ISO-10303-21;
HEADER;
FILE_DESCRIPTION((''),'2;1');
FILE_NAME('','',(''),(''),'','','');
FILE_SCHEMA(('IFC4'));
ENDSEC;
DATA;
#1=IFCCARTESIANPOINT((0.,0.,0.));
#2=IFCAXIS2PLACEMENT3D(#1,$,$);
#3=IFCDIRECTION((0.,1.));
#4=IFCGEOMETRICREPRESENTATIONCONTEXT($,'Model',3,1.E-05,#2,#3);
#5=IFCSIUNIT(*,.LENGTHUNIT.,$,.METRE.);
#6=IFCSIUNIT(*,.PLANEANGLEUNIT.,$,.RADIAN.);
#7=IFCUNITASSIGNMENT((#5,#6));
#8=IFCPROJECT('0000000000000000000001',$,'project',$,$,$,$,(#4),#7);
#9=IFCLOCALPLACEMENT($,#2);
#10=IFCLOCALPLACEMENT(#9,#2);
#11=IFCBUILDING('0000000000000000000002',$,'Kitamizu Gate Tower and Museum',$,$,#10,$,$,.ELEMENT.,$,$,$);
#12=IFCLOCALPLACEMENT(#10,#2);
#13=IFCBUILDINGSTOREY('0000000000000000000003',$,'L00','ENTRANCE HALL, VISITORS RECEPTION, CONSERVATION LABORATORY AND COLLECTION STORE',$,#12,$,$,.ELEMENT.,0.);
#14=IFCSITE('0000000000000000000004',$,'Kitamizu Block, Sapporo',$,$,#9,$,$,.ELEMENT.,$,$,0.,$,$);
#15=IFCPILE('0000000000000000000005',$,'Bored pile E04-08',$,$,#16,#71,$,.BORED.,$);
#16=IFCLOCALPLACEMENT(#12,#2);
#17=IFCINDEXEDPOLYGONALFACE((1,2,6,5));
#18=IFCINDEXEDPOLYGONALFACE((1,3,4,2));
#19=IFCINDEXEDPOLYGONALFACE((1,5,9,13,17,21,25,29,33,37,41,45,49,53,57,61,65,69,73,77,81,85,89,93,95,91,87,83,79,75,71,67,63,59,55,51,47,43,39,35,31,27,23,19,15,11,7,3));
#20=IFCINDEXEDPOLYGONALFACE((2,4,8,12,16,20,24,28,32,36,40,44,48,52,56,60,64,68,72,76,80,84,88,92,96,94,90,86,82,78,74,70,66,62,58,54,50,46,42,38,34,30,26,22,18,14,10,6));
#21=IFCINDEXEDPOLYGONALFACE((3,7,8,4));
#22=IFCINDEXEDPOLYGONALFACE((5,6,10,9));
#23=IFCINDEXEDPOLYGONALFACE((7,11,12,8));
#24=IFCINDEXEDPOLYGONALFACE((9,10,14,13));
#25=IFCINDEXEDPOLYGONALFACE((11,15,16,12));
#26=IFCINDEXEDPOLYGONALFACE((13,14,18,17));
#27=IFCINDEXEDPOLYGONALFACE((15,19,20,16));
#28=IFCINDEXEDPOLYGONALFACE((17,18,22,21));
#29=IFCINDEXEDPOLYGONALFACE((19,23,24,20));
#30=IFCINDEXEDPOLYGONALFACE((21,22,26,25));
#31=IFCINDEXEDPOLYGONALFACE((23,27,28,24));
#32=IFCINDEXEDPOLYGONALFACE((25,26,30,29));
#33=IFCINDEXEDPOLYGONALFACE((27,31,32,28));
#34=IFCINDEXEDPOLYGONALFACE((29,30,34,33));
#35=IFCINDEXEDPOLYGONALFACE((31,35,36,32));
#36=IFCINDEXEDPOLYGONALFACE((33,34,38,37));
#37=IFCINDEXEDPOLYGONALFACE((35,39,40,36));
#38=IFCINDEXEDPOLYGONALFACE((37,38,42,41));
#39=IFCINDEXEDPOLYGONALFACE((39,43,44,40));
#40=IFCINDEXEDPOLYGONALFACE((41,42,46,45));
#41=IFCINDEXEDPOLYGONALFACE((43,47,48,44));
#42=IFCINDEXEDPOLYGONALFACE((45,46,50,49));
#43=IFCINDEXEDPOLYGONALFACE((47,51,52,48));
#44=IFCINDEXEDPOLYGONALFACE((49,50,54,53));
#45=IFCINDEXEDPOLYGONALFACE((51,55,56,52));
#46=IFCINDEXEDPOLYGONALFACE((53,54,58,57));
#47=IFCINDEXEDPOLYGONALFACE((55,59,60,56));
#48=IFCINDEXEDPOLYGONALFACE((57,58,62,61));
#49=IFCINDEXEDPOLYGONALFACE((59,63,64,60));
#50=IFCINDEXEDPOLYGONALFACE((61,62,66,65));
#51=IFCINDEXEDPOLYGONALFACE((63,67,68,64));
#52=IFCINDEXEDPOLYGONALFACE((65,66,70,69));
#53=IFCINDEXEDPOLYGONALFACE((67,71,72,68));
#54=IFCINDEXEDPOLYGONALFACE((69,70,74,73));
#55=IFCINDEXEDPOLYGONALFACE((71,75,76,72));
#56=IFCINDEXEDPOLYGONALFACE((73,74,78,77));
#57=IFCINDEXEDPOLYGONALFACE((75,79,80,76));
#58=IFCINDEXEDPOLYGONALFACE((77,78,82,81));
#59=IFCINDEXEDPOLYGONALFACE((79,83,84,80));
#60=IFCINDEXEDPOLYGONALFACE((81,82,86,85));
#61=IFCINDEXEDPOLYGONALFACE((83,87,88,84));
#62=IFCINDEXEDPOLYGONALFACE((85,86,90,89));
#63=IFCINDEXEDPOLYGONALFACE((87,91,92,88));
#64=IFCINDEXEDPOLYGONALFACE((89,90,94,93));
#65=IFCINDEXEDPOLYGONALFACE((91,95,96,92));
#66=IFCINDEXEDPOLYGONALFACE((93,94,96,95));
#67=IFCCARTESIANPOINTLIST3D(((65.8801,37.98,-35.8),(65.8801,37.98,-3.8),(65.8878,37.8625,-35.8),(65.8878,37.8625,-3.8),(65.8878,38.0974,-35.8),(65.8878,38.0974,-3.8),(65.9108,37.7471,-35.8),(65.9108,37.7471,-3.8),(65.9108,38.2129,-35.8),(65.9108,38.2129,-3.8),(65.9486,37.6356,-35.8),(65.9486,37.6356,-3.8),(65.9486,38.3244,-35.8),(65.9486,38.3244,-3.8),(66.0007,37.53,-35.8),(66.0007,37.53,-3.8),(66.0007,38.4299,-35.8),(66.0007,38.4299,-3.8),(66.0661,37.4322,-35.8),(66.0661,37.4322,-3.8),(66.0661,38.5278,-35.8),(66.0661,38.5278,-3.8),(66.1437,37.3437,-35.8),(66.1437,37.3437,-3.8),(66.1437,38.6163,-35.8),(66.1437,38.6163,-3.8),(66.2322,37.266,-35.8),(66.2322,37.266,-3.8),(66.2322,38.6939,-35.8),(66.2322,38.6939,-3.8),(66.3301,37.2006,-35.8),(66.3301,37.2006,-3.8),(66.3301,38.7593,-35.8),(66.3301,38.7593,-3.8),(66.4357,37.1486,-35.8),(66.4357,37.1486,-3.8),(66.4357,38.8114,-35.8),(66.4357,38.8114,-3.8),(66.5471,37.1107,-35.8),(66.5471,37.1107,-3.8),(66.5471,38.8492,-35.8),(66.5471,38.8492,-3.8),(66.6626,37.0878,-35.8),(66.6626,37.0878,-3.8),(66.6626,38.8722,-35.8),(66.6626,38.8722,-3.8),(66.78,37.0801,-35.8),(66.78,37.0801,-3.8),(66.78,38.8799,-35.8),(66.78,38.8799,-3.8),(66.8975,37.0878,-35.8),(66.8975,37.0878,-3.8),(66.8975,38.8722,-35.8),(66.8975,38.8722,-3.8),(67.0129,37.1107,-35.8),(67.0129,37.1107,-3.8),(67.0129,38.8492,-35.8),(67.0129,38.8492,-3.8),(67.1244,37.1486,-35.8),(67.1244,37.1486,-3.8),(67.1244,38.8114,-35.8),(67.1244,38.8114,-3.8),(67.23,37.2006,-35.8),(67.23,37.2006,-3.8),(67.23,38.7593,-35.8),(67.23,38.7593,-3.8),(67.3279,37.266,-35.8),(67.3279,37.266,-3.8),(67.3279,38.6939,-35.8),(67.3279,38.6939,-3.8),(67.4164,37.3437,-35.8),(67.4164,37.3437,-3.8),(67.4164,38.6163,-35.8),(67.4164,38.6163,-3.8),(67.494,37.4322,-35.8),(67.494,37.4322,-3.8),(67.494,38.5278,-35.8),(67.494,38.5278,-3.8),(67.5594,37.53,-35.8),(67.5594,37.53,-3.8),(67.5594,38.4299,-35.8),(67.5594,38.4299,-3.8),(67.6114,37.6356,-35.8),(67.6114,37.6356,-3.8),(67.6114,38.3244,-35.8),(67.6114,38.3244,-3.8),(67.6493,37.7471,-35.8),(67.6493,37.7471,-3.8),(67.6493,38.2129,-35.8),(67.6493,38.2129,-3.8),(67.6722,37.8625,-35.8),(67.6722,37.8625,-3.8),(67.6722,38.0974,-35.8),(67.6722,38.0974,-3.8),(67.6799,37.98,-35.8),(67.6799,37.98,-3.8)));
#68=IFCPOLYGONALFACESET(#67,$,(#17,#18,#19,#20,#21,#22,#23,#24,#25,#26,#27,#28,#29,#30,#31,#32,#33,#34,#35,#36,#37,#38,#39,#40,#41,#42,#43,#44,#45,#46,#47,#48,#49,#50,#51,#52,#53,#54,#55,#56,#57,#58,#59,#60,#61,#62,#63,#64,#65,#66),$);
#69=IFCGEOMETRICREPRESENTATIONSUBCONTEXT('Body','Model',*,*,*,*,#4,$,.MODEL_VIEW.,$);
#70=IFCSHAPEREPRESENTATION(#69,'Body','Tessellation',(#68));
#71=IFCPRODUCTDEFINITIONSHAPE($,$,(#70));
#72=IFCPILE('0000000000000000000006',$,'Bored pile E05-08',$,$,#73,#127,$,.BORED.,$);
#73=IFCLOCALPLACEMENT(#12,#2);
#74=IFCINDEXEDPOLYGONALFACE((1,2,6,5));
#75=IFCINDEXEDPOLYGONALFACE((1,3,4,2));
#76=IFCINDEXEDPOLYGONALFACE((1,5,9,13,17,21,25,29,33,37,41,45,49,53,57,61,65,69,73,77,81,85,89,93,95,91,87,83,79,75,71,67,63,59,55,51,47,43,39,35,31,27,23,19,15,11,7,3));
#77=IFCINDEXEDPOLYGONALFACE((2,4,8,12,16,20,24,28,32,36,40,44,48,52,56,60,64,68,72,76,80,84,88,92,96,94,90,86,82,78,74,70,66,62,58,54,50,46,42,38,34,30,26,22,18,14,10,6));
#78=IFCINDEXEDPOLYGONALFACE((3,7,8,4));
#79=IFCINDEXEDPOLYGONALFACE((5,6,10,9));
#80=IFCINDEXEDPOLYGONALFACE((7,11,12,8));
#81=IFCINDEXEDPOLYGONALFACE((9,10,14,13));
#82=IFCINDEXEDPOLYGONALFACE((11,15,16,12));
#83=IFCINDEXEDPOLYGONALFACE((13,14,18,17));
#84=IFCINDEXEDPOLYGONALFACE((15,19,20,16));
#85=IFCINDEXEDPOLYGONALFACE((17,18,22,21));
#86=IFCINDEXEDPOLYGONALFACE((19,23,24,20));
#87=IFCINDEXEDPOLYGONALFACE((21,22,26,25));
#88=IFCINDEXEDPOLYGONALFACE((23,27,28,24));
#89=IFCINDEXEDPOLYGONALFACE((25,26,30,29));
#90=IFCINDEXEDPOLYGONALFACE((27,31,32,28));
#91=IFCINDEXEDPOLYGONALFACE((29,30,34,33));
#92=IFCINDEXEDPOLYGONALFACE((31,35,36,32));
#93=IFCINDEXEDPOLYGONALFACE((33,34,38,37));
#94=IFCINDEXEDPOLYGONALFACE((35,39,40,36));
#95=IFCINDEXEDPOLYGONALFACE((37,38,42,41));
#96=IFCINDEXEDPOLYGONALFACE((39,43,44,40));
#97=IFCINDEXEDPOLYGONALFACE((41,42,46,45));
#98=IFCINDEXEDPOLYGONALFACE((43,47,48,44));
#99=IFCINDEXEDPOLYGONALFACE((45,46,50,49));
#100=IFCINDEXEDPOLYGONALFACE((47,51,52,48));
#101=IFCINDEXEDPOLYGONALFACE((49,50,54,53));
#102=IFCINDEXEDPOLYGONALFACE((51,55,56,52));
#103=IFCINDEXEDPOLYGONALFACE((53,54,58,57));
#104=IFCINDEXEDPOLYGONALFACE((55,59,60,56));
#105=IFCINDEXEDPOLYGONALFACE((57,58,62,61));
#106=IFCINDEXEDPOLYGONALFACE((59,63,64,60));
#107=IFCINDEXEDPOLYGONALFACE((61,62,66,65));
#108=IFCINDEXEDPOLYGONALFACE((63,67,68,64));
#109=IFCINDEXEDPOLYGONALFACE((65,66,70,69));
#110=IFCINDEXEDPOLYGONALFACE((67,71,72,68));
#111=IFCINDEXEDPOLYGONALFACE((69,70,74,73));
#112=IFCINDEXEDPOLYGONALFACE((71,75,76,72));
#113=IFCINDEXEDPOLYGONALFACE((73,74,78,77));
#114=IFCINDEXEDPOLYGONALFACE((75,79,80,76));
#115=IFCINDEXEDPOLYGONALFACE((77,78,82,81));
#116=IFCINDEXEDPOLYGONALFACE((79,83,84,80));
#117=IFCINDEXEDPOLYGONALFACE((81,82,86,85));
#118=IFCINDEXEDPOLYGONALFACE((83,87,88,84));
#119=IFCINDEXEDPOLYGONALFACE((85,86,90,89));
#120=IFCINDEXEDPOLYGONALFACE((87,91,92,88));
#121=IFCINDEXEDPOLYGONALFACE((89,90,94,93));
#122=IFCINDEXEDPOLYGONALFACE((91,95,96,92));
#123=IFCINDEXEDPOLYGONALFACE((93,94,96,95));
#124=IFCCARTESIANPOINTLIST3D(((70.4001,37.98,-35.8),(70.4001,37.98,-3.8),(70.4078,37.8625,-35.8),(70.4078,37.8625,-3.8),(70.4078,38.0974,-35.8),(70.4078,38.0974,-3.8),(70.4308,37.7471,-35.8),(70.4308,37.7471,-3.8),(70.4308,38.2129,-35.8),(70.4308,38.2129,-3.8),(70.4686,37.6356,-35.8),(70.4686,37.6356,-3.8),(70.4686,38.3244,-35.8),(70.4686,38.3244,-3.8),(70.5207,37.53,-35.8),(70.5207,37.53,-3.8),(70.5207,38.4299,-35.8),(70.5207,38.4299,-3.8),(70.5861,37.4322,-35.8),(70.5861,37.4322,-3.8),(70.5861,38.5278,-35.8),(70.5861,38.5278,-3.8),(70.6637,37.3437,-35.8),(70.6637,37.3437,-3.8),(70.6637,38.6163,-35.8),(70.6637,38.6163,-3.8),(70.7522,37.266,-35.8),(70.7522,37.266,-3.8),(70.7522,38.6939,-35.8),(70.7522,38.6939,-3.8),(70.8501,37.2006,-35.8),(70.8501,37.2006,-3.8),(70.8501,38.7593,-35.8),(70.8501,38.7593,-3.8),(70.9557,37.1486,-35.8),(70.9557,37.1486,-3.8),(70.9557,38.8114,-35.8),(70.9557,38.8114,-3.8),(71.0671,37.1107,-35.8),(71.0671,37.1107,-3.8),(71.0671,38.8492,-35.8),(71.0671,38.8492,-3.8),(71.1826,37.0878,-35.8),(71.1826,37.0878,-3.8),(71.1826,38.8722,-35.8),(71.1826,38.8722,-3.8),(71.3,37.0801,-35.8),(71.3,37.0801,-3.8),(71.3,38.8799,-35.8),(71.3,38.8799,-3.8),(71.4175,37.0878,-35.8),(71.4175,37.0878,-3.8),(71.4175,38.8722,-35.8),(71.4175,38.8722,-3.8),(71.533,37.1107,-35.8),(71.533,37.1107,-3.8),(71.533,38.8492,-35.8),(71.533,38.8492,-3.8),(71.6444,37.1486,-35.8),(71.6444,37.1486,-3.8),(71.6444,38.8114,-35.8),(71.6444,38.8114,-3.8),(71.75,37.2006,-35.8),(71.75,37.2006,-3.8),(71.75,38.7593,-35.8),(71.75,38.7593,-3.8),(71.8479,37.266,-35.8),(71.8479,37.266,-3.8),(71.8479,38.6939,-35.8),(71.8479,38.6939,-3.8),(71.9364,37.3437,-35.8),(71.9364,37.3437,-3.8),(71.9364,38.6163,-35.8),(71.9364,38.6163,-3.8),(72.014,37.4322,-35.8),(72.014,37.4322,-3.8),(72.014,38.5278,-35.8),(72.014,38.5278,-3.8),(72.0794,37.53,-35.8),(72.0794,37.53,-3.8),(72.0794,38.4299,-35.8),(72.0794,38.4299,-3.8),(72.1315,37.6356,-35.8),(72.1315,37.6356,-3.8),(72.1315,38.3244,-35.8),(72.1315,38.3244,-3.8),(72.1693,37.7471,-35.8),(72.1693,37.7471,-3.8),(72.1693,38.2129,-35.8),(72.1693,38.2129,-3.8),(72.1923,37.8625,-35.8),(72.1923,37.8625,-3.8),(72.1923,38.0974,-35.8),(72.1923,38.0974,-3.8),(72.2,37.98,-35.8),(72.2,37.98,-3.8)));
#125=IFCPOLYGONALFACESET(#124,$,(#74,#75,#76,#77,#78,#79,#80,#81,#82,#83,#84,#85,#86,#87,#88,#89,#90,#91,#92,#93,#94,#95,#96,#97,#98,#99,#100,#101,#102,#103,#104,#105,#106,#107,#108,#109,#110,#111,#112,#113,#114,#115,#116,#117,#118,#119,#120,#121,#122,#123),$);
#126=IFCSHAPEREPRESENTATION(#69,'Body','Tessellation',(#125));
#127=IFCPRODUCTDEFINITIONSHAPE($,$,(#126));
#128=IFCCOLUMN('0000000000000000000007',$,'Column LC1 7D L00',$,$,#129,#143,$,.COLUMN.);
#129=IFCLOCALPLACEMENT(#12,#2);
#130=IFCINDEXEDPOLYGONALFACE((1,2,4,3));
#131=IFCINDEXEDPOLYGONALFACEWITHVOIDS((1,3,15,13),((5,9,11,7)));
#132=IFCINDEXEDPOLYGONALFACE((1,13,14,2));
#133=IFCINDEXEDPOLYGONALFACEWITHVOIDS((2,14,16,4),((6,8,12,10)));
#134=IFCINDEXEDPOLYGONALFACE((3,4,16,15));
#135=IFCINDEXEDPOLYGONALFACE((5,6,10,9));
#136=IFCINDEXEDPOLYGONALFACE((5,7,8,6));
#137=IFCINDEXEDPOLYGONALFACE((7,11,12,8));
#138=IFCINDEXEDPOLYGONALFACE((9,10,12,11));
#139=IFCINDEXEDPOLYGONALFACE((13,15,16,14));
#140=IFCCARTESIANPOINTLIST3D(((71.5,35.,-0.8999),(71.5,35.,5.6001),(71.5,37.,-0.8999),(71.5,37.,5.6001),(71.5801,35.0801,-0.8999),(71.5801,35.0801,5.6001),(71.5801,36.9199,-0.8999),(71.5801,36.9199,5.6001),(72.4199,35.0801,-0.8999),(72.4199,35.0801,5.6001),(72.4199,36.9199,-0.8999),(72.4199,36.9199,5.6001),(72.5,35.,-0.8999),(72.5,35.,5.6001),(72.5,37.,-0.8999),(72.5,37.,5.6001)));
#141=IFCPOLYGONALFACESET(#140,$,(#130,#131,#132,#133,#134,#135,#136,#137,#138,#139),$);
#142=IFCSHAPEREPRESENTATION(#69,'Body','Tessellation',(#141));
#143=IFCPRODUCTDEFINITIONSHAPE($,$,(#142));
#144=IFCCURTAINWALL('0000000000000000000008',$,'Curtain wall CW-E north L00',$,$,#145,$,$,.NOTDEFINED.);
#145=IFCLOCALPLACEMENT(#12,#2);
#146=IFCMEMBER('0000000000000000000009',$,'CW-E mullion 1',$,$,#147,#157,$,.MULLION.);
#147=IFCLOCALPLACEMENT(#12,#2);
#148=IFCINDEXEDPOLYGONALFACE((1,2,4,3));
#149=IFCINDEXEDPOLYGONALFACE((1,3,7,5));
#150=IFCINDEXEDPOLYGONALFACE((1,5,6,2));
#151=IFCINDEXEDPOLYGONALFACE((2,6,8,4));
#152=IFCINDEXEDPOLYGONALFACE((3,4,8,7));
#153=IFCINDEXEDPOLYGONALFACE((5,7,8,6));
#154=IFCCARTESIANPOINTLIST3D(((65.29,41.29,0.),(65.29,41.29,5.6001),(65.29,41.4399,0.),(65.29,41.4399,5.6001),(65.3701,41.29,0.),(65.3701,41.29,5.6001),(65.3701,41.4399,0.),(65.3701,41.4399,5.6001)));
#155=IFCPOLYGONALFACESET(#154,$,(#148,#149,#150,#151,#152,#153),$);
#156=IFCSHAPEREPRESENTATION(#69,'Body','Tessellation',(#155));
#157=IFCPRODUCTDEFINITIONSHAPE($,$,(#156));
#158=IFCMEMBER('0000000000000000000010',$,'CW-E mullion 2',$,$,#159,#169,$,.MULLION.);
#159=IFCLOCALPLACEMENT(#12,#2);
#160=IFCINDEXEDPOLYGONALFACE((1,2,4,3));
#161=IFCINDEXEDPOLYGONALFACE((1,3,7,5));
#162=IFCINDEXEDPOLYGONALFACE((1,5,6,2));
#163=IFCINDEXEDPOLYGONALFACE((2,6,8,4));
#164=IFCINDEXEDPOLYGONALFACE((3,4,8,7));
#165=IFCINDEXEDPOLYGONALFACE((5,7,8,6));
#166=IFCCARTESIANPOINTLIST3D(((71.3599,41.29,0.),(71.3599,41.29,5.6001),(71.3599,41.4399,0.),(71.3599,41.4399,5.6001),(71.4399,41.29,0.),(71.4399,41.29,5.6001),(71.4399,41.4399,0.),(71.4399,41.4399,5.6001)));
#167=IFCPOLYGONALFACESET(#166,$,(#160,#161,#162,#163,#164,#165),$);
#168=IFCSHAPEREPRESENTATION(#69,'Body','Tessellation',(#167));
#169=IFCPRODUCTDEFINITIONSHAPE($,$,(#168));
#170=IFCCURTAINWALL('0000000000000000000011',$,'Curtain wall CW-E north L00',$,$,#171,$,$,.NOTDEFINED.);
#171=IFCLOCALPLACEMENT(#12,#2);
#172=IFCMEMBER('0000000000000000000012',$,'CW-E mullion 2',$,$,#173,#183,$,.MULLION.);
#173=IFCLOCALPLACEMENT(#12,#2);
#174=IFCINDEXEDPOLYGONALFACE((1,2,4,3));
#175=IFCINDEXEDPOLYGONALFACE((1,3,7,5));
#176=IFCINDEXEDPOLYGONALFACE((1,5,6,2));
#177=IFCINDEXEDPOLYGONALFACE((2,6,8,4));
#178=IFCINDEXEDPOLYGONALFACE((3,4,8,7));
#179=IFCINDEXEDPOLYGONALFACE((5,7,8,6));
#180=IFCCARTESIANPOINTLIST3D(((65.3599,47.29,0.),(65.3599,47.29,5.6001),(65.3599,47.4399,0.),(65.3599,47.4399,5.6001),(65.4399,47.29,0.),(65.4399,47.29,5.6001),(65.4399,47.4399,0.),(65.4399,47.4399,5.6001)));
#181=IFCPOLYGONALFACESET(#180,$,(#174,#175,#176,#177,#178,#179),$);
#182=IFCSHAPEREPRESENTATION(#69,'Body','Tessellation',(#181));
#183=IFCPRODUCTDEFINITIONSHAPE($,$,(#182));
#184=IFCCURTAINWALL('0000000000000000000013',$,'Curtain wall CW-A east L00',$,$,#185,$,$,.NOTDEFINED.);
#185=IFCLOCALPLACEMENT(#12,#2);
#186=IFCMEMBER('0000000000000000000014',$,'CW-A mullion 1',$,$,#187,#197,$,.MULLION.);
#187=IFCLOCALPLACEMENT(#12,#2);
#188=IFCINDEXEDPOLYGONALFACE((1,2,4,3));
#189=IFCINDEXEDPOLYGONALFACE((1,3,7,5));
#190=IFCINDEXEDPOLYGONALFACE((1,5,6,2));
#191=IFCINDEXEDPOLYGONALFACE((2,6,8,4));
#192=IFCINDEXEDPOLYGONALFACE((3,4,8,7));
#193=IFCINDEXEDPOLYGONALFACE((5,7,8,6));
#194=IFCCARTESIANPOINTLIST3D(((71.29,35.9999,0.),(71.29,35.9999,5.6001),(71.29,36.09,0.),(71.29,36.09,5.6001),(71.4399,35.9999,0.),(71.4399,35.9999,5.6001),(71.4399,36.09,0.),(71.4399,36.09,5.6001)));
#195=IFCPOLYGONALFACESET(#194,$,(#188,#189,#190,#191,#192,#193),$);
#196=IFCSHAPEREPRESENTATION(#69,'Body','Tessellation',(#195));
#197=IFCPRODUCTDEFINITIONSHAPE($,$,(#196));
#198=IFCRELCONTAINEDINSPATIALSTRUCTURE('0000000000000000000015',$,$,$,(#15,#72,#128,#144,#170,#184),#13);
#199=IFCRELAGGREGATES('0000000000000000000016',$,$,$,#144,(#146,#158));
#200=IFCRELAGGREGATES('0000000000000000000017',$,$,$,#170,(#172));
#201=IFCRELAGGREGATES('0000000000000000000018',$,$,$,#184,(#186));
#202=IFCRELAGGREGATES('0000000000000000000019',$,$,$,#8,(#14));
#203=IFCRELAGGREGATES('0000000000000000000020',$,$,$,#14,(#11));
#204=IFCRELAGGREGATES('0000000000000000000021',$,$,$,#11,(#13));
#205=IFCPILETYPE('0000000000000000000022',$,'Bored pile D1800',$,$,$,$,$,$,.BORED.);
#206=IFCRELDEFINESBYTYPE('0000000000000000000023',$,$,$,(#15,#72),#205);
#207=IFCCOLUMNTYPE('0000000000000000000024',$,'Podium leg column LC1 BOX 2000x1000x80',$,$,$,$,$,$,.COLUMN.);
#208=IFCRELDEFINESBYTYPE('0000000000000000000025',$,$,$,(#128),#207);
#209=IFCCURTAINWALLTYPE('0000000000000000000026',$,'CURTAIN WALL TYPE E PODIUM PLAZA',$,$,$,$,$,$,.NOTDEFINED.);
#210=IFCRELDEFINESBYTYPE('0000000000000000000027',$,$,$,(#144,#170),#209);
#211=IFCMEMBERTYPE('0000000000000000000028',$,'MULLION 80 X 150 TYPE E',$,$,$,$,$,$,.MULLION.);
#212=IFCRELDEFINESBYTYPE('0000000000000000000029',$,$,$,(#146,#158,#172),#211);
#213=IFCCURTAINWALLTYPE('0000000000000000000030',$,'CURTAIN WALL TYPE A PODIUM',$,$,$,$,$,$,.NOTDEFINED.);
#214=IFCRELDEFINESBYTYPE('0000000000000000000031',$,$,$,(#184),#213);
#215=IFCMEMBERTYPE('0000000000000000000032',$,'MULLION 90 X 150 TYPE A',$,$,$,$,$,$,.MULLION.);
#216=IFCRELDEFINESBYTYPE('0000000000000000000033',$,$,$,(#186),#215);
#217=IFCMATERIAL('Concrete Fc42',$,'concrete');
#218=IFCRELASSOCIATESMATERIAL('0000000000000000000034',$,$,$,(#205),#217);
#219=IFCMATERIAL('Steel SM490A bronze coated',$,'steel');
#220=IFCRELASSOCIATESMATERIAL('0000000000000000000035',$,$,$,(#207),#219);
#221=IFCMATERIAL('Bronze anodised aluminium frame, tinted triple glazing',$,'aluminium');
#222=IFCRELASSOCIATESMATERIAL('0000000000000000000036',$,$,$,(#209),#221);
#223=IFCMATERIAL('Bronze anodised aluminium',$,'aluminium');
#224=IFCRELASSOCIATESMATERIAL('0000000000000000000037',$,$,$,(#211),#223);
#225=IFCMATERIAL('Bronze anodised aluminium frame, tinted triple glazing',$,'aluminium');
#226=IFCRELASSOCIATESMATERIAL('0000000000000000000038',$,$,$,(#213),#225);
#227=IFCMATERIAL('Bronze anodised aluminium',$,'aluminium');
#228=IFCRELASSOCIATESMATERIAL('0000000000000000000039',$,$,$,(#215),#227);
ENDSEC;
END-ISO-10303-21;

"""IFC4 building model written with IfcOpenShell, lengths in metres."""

from ifc_helpers import new_model, si_unit, direction, frame, origin, origin_2d, place, context, subcontext, project, spatial, rectangle, hollow_rectangle, circle, extrude, material, material_profile, profile_set, type_object, element, aggregate, save


model = new_model("IFC4")

# Units and contexts
model_context = context("Model", 3, precision=1e-05, world=origin(), true_north=direction((0.0, 1.0)))
body_context = subcontext(model_context, "Body", "Model", "MODEL_VIEW")
ifc_project = project(units=[si_unit("LENGTHUNIT", "METRE"), si_unit("PLANEANGLEUNIT", "RADIAN")], contexts=[model_context])

# Site, building, storey
site_placement = place(None, origin())
site = spatial("IfcSite", under=ifc_project, at=site_placement, Name="Kitamizu Block, Sapporo", CompositionType="ELEMENT", RefElevation=0.0)
building_placement = place(site_placement, origin())
building = spatial("IfcBuilding", under=site, at=building_placement, Name="Kitamizu Gate Tower and Museum", CompositionType="ELEMENT")
storey_placement = place(building_placement, origin())
storey = spatial("IfcBuildingStorey", under=building, at=storey_placement, Name="L00", Description="ENTRANCE HALL, VISITORS RECEPTION, CONSERVATION LABORATORY AND COLLECTION STORE", CompositionType="ELEMENT", Elevation=0.0)

# Piles
ifc_material_1 = material(Name="Concrete Fc42", Category="concrete")
ifc_material_profile_1 = material_profile(ifc_material_1, circle(Radius=0.8999, at=origin_2d()), Name="Bored pile D1800")
ifc_profile_set_1 = profile_set([ifc_material_profile_1], Name="Concrete Fc42")
pile_type = type_object("IfcPileType", Name="Bored pile D1800", PredefinedType="BORED", material=ifc_profile_set_1)
for number, where, z_axis, x_axis, name in (
    (1, (66.78, 37.98, -3.8), (0.0, 0.0, -1.0), (1.0, 0.0, 0.0), "Bored pile E04-08"),
    (2, (71.3, 37.98, -3.8), (0.0, 0.0, -1.0), (1.0, 0.0, 0.0), "Bored pile E05-08"),
):
    element("IfcPile", number, at=place(storey_placement, frame(where, z_axis=z_axis, x_axis=x_axis)), inside=storey, type_object=pile_type, Name=name, PredefinedType="BORED", context=body_context, shape_type="SweptSolid", body=[
        extrude(circle(Radius=0.8999, at=origin_2d()), origin(), (0.0, 0.0, 1.0), 32.0),
    ])

# Column
ifc_material_2 = material(Name="Steel SM490A bronze coated", Category="steel")
ifc_material_profile_2 = material_profile(ifc_material_2, hollow_rectangle(XDim=2.0, YDim=1.0, WallThickness=0.0801, at=origin_2d()), Name="BOX 2000x1000x80")
ifc_profile_set_2 = profile_set([ifc_material_profile_2], Name="Steel SM490A bronze coated")
column_type = type_object("IfcColumnType", Name="Podium leg column LC1 BOX 2000x1000x80", PredefinedType="COLUMN", material=ifc_profile_set_2)
column_placement = place(storey_placement, frame((72.0, 36.0, -0.8999), z_axis=(0.0, 0.0, 1.0), x_axis=(0.0, 1.0, 0.0)))
element("IfcColumn", 3, at=column_placement, inside=storey, type_object=column_type, Name="Column LC1 7D L00", PredefinedType="COLUMN", context=body_context, shape_type="SweptSolid", body=[
    extrude(hollow_rectangle(XDim=2.0, YDim=1.0, WallThickness=0.0801, at=origin_2d()), origin(), (0.0, 0.0, 1.0), 6.5),
])

# Curtain wall, members
ifc_material_3 = material(Name="Bronze anodised aluminium frame, tinted triple glazing", Category="aluminium")
curtain_wall_type_1 = type_object("IfcCurtainWallType", Name="CURTAIN WALL TYPE E PODIUM PLAZA", PredefinedType="NOTDEFINED", material=ifc_material_3)
curtain_wall_1_placement = place(storey_placement, origin())
curtain_wall_1 = element("IfcCurtainWall", 4, at=curtain_wall_1_placement, inside=storey, type_object=curtain_wall_type_1, Name="Curtain wall CW-E north L00", PredefinedType="NOTDEFINED")
ifc_material_4 = material(Name="Bronze anodised aluminium", Category="aluminium")
ifc_material_profile_3 = material_profile(ifc_material_4, rectangle(XDim=0.0801, YDim=0.1499, at=origin_2d()), Name="AL 80X150")
ifc_profile_set_3 = profile_set([ifc_material_profile_3], Name="Bronze anodised aluminium")
member_type_1 = type_object("IfcMemberType", Name="MULLION 80 X 150 TYPE E", PredefinedType="MULLION", material=ifc_profile_set_3)
member_1_placement = place(storey_placement, frame((65.3301, 41.365, 0.0), z_axis=(0.0, 0.0, 1.0), x_axis=(1.0, 0.0, 0.0)))
member_1 = element("IfcMember", 5, at=member_1_placement, type_object=member_type_1, Name="CW-E mullion 1", PredefinedType="MULLION", context=body_context, shape_type="SweptSolid", body=[
    extrude(rectangle(XDim=0.0801, YDim=0.1499, at=origin_2d()), origin(), (0.0, 0.0, 1.0), 5.6001),
])
member_2_placement = place(storey_placement, frame((71.3999, 41.365, 0.0), z_axis=(0.0, 0.0, 1.0), x_axis=(1.0, 0.0, 0.0)))
member_2 = element("IfcMember", 6, at=member_2_placement, type_object=member_type_1, Name="CW-E mullion 2", PredefinedType="MULLION", context=body_context, shape_type="SweptSolid", body=[
    extrude(rectangle(XDim=0.0801, YDim=0.1499, at=origin_2d()), origin(), (0.0, 0.0, 1.0), 5.6001),
])

# Curtain wall, member
curtain_wall_2_placement = place(storey_placement, origin())
curtain_wall_2 = element("IfcCurtainWall", 7, at=curtain_wall_2_placement, inside=storey, type_object=curtain_wall_type_1, Name="Curtain wall CW-E north L00", PredefinedType="NOTDEFINED")
member_3_placement = place(storey_placement, frame((65.3999, 47.365, 0.0), z_axis=(0.0, 0.0, 1.0), x_axis=(1.0, 0.0, 0.0)))
member_3 = element("IfcMember", 8, at=member_3_placement, type_object=member_type_1, Name="CW-E mullion 2", PredefinedType="MULLION", context=body_context, shape_type="SweptSolid", body=[
    extrude(rectangle(XDim=0.0801, YDim=0.1499, at=origin_2d()), origin(), (0.0, 0.0, 1.0), 5.6001),
])

# Curtain wall, member
ifc_material_5 = material(Name="Bronze anodised aluminium frame, tinted triple glazing", Category="aluminium")
curtain_wall_type_2 = type_object("IfcCurtainWallType", Name="CURTAIN WALL TYPE A PODIUM", PredefinedType="NOTDEFINED", material=ifc_material_5)
curtain_wall_3_placement = place(storey_placement, origin())
curtain_wall_3 = element("IfcCurtainWall", 9, at=curtain_wall_3_placement, inside=storey, type_object=curtain_wall_type_2, Name="Curtain wall CW-A east L00", PredefinedType="NOTDEFINED")
ifc_material_6 = material(Name="Bronze anodised aluminium", Category="aluminium")
ifc_material_profile_4 = material_profile(ifc_material_6, rectangle(XDim=0.0901, YDim=0.1499, at=origin_2d()), Name="AL 90X150")
ifc_profile_set_4 = profile_set([ifc_material_profile_4], Name="Bronze anodised aluminium")
member_type_2 = type_object("IfcMemberType", Name="MULLION 90 X 150 TYPE A", PredefinedType="MULLION", material=ifc_profile_set_4)
member_4_placement = place(storey_placement, frame((71.365, 36.0449, 0.0), z_axis=(0.0, 0.0, 1.0), x_axis=(0.0, 1.0, 0.0)))
member_4 = element("IfcMember", 10, at=member_4_placement, type_object=member_type_2, Name="CW-A mullion 1", PredefinedType="MULLION", context=body_context, shape_type="SweptSolid", body=[
    extrude(rectangle(XDim=0.0901, YDim=0.1499, at=origin_2d()), origin(), (0.0, 0.0, 1.0), 5.6001),
])

aggregate(curtain_wall_1, [member_1, member_2])
aggregate(curtain_wall_2, [member_3])
aggregate(curtain_wall_3, [member_4])

save(model, "model.ifc")
